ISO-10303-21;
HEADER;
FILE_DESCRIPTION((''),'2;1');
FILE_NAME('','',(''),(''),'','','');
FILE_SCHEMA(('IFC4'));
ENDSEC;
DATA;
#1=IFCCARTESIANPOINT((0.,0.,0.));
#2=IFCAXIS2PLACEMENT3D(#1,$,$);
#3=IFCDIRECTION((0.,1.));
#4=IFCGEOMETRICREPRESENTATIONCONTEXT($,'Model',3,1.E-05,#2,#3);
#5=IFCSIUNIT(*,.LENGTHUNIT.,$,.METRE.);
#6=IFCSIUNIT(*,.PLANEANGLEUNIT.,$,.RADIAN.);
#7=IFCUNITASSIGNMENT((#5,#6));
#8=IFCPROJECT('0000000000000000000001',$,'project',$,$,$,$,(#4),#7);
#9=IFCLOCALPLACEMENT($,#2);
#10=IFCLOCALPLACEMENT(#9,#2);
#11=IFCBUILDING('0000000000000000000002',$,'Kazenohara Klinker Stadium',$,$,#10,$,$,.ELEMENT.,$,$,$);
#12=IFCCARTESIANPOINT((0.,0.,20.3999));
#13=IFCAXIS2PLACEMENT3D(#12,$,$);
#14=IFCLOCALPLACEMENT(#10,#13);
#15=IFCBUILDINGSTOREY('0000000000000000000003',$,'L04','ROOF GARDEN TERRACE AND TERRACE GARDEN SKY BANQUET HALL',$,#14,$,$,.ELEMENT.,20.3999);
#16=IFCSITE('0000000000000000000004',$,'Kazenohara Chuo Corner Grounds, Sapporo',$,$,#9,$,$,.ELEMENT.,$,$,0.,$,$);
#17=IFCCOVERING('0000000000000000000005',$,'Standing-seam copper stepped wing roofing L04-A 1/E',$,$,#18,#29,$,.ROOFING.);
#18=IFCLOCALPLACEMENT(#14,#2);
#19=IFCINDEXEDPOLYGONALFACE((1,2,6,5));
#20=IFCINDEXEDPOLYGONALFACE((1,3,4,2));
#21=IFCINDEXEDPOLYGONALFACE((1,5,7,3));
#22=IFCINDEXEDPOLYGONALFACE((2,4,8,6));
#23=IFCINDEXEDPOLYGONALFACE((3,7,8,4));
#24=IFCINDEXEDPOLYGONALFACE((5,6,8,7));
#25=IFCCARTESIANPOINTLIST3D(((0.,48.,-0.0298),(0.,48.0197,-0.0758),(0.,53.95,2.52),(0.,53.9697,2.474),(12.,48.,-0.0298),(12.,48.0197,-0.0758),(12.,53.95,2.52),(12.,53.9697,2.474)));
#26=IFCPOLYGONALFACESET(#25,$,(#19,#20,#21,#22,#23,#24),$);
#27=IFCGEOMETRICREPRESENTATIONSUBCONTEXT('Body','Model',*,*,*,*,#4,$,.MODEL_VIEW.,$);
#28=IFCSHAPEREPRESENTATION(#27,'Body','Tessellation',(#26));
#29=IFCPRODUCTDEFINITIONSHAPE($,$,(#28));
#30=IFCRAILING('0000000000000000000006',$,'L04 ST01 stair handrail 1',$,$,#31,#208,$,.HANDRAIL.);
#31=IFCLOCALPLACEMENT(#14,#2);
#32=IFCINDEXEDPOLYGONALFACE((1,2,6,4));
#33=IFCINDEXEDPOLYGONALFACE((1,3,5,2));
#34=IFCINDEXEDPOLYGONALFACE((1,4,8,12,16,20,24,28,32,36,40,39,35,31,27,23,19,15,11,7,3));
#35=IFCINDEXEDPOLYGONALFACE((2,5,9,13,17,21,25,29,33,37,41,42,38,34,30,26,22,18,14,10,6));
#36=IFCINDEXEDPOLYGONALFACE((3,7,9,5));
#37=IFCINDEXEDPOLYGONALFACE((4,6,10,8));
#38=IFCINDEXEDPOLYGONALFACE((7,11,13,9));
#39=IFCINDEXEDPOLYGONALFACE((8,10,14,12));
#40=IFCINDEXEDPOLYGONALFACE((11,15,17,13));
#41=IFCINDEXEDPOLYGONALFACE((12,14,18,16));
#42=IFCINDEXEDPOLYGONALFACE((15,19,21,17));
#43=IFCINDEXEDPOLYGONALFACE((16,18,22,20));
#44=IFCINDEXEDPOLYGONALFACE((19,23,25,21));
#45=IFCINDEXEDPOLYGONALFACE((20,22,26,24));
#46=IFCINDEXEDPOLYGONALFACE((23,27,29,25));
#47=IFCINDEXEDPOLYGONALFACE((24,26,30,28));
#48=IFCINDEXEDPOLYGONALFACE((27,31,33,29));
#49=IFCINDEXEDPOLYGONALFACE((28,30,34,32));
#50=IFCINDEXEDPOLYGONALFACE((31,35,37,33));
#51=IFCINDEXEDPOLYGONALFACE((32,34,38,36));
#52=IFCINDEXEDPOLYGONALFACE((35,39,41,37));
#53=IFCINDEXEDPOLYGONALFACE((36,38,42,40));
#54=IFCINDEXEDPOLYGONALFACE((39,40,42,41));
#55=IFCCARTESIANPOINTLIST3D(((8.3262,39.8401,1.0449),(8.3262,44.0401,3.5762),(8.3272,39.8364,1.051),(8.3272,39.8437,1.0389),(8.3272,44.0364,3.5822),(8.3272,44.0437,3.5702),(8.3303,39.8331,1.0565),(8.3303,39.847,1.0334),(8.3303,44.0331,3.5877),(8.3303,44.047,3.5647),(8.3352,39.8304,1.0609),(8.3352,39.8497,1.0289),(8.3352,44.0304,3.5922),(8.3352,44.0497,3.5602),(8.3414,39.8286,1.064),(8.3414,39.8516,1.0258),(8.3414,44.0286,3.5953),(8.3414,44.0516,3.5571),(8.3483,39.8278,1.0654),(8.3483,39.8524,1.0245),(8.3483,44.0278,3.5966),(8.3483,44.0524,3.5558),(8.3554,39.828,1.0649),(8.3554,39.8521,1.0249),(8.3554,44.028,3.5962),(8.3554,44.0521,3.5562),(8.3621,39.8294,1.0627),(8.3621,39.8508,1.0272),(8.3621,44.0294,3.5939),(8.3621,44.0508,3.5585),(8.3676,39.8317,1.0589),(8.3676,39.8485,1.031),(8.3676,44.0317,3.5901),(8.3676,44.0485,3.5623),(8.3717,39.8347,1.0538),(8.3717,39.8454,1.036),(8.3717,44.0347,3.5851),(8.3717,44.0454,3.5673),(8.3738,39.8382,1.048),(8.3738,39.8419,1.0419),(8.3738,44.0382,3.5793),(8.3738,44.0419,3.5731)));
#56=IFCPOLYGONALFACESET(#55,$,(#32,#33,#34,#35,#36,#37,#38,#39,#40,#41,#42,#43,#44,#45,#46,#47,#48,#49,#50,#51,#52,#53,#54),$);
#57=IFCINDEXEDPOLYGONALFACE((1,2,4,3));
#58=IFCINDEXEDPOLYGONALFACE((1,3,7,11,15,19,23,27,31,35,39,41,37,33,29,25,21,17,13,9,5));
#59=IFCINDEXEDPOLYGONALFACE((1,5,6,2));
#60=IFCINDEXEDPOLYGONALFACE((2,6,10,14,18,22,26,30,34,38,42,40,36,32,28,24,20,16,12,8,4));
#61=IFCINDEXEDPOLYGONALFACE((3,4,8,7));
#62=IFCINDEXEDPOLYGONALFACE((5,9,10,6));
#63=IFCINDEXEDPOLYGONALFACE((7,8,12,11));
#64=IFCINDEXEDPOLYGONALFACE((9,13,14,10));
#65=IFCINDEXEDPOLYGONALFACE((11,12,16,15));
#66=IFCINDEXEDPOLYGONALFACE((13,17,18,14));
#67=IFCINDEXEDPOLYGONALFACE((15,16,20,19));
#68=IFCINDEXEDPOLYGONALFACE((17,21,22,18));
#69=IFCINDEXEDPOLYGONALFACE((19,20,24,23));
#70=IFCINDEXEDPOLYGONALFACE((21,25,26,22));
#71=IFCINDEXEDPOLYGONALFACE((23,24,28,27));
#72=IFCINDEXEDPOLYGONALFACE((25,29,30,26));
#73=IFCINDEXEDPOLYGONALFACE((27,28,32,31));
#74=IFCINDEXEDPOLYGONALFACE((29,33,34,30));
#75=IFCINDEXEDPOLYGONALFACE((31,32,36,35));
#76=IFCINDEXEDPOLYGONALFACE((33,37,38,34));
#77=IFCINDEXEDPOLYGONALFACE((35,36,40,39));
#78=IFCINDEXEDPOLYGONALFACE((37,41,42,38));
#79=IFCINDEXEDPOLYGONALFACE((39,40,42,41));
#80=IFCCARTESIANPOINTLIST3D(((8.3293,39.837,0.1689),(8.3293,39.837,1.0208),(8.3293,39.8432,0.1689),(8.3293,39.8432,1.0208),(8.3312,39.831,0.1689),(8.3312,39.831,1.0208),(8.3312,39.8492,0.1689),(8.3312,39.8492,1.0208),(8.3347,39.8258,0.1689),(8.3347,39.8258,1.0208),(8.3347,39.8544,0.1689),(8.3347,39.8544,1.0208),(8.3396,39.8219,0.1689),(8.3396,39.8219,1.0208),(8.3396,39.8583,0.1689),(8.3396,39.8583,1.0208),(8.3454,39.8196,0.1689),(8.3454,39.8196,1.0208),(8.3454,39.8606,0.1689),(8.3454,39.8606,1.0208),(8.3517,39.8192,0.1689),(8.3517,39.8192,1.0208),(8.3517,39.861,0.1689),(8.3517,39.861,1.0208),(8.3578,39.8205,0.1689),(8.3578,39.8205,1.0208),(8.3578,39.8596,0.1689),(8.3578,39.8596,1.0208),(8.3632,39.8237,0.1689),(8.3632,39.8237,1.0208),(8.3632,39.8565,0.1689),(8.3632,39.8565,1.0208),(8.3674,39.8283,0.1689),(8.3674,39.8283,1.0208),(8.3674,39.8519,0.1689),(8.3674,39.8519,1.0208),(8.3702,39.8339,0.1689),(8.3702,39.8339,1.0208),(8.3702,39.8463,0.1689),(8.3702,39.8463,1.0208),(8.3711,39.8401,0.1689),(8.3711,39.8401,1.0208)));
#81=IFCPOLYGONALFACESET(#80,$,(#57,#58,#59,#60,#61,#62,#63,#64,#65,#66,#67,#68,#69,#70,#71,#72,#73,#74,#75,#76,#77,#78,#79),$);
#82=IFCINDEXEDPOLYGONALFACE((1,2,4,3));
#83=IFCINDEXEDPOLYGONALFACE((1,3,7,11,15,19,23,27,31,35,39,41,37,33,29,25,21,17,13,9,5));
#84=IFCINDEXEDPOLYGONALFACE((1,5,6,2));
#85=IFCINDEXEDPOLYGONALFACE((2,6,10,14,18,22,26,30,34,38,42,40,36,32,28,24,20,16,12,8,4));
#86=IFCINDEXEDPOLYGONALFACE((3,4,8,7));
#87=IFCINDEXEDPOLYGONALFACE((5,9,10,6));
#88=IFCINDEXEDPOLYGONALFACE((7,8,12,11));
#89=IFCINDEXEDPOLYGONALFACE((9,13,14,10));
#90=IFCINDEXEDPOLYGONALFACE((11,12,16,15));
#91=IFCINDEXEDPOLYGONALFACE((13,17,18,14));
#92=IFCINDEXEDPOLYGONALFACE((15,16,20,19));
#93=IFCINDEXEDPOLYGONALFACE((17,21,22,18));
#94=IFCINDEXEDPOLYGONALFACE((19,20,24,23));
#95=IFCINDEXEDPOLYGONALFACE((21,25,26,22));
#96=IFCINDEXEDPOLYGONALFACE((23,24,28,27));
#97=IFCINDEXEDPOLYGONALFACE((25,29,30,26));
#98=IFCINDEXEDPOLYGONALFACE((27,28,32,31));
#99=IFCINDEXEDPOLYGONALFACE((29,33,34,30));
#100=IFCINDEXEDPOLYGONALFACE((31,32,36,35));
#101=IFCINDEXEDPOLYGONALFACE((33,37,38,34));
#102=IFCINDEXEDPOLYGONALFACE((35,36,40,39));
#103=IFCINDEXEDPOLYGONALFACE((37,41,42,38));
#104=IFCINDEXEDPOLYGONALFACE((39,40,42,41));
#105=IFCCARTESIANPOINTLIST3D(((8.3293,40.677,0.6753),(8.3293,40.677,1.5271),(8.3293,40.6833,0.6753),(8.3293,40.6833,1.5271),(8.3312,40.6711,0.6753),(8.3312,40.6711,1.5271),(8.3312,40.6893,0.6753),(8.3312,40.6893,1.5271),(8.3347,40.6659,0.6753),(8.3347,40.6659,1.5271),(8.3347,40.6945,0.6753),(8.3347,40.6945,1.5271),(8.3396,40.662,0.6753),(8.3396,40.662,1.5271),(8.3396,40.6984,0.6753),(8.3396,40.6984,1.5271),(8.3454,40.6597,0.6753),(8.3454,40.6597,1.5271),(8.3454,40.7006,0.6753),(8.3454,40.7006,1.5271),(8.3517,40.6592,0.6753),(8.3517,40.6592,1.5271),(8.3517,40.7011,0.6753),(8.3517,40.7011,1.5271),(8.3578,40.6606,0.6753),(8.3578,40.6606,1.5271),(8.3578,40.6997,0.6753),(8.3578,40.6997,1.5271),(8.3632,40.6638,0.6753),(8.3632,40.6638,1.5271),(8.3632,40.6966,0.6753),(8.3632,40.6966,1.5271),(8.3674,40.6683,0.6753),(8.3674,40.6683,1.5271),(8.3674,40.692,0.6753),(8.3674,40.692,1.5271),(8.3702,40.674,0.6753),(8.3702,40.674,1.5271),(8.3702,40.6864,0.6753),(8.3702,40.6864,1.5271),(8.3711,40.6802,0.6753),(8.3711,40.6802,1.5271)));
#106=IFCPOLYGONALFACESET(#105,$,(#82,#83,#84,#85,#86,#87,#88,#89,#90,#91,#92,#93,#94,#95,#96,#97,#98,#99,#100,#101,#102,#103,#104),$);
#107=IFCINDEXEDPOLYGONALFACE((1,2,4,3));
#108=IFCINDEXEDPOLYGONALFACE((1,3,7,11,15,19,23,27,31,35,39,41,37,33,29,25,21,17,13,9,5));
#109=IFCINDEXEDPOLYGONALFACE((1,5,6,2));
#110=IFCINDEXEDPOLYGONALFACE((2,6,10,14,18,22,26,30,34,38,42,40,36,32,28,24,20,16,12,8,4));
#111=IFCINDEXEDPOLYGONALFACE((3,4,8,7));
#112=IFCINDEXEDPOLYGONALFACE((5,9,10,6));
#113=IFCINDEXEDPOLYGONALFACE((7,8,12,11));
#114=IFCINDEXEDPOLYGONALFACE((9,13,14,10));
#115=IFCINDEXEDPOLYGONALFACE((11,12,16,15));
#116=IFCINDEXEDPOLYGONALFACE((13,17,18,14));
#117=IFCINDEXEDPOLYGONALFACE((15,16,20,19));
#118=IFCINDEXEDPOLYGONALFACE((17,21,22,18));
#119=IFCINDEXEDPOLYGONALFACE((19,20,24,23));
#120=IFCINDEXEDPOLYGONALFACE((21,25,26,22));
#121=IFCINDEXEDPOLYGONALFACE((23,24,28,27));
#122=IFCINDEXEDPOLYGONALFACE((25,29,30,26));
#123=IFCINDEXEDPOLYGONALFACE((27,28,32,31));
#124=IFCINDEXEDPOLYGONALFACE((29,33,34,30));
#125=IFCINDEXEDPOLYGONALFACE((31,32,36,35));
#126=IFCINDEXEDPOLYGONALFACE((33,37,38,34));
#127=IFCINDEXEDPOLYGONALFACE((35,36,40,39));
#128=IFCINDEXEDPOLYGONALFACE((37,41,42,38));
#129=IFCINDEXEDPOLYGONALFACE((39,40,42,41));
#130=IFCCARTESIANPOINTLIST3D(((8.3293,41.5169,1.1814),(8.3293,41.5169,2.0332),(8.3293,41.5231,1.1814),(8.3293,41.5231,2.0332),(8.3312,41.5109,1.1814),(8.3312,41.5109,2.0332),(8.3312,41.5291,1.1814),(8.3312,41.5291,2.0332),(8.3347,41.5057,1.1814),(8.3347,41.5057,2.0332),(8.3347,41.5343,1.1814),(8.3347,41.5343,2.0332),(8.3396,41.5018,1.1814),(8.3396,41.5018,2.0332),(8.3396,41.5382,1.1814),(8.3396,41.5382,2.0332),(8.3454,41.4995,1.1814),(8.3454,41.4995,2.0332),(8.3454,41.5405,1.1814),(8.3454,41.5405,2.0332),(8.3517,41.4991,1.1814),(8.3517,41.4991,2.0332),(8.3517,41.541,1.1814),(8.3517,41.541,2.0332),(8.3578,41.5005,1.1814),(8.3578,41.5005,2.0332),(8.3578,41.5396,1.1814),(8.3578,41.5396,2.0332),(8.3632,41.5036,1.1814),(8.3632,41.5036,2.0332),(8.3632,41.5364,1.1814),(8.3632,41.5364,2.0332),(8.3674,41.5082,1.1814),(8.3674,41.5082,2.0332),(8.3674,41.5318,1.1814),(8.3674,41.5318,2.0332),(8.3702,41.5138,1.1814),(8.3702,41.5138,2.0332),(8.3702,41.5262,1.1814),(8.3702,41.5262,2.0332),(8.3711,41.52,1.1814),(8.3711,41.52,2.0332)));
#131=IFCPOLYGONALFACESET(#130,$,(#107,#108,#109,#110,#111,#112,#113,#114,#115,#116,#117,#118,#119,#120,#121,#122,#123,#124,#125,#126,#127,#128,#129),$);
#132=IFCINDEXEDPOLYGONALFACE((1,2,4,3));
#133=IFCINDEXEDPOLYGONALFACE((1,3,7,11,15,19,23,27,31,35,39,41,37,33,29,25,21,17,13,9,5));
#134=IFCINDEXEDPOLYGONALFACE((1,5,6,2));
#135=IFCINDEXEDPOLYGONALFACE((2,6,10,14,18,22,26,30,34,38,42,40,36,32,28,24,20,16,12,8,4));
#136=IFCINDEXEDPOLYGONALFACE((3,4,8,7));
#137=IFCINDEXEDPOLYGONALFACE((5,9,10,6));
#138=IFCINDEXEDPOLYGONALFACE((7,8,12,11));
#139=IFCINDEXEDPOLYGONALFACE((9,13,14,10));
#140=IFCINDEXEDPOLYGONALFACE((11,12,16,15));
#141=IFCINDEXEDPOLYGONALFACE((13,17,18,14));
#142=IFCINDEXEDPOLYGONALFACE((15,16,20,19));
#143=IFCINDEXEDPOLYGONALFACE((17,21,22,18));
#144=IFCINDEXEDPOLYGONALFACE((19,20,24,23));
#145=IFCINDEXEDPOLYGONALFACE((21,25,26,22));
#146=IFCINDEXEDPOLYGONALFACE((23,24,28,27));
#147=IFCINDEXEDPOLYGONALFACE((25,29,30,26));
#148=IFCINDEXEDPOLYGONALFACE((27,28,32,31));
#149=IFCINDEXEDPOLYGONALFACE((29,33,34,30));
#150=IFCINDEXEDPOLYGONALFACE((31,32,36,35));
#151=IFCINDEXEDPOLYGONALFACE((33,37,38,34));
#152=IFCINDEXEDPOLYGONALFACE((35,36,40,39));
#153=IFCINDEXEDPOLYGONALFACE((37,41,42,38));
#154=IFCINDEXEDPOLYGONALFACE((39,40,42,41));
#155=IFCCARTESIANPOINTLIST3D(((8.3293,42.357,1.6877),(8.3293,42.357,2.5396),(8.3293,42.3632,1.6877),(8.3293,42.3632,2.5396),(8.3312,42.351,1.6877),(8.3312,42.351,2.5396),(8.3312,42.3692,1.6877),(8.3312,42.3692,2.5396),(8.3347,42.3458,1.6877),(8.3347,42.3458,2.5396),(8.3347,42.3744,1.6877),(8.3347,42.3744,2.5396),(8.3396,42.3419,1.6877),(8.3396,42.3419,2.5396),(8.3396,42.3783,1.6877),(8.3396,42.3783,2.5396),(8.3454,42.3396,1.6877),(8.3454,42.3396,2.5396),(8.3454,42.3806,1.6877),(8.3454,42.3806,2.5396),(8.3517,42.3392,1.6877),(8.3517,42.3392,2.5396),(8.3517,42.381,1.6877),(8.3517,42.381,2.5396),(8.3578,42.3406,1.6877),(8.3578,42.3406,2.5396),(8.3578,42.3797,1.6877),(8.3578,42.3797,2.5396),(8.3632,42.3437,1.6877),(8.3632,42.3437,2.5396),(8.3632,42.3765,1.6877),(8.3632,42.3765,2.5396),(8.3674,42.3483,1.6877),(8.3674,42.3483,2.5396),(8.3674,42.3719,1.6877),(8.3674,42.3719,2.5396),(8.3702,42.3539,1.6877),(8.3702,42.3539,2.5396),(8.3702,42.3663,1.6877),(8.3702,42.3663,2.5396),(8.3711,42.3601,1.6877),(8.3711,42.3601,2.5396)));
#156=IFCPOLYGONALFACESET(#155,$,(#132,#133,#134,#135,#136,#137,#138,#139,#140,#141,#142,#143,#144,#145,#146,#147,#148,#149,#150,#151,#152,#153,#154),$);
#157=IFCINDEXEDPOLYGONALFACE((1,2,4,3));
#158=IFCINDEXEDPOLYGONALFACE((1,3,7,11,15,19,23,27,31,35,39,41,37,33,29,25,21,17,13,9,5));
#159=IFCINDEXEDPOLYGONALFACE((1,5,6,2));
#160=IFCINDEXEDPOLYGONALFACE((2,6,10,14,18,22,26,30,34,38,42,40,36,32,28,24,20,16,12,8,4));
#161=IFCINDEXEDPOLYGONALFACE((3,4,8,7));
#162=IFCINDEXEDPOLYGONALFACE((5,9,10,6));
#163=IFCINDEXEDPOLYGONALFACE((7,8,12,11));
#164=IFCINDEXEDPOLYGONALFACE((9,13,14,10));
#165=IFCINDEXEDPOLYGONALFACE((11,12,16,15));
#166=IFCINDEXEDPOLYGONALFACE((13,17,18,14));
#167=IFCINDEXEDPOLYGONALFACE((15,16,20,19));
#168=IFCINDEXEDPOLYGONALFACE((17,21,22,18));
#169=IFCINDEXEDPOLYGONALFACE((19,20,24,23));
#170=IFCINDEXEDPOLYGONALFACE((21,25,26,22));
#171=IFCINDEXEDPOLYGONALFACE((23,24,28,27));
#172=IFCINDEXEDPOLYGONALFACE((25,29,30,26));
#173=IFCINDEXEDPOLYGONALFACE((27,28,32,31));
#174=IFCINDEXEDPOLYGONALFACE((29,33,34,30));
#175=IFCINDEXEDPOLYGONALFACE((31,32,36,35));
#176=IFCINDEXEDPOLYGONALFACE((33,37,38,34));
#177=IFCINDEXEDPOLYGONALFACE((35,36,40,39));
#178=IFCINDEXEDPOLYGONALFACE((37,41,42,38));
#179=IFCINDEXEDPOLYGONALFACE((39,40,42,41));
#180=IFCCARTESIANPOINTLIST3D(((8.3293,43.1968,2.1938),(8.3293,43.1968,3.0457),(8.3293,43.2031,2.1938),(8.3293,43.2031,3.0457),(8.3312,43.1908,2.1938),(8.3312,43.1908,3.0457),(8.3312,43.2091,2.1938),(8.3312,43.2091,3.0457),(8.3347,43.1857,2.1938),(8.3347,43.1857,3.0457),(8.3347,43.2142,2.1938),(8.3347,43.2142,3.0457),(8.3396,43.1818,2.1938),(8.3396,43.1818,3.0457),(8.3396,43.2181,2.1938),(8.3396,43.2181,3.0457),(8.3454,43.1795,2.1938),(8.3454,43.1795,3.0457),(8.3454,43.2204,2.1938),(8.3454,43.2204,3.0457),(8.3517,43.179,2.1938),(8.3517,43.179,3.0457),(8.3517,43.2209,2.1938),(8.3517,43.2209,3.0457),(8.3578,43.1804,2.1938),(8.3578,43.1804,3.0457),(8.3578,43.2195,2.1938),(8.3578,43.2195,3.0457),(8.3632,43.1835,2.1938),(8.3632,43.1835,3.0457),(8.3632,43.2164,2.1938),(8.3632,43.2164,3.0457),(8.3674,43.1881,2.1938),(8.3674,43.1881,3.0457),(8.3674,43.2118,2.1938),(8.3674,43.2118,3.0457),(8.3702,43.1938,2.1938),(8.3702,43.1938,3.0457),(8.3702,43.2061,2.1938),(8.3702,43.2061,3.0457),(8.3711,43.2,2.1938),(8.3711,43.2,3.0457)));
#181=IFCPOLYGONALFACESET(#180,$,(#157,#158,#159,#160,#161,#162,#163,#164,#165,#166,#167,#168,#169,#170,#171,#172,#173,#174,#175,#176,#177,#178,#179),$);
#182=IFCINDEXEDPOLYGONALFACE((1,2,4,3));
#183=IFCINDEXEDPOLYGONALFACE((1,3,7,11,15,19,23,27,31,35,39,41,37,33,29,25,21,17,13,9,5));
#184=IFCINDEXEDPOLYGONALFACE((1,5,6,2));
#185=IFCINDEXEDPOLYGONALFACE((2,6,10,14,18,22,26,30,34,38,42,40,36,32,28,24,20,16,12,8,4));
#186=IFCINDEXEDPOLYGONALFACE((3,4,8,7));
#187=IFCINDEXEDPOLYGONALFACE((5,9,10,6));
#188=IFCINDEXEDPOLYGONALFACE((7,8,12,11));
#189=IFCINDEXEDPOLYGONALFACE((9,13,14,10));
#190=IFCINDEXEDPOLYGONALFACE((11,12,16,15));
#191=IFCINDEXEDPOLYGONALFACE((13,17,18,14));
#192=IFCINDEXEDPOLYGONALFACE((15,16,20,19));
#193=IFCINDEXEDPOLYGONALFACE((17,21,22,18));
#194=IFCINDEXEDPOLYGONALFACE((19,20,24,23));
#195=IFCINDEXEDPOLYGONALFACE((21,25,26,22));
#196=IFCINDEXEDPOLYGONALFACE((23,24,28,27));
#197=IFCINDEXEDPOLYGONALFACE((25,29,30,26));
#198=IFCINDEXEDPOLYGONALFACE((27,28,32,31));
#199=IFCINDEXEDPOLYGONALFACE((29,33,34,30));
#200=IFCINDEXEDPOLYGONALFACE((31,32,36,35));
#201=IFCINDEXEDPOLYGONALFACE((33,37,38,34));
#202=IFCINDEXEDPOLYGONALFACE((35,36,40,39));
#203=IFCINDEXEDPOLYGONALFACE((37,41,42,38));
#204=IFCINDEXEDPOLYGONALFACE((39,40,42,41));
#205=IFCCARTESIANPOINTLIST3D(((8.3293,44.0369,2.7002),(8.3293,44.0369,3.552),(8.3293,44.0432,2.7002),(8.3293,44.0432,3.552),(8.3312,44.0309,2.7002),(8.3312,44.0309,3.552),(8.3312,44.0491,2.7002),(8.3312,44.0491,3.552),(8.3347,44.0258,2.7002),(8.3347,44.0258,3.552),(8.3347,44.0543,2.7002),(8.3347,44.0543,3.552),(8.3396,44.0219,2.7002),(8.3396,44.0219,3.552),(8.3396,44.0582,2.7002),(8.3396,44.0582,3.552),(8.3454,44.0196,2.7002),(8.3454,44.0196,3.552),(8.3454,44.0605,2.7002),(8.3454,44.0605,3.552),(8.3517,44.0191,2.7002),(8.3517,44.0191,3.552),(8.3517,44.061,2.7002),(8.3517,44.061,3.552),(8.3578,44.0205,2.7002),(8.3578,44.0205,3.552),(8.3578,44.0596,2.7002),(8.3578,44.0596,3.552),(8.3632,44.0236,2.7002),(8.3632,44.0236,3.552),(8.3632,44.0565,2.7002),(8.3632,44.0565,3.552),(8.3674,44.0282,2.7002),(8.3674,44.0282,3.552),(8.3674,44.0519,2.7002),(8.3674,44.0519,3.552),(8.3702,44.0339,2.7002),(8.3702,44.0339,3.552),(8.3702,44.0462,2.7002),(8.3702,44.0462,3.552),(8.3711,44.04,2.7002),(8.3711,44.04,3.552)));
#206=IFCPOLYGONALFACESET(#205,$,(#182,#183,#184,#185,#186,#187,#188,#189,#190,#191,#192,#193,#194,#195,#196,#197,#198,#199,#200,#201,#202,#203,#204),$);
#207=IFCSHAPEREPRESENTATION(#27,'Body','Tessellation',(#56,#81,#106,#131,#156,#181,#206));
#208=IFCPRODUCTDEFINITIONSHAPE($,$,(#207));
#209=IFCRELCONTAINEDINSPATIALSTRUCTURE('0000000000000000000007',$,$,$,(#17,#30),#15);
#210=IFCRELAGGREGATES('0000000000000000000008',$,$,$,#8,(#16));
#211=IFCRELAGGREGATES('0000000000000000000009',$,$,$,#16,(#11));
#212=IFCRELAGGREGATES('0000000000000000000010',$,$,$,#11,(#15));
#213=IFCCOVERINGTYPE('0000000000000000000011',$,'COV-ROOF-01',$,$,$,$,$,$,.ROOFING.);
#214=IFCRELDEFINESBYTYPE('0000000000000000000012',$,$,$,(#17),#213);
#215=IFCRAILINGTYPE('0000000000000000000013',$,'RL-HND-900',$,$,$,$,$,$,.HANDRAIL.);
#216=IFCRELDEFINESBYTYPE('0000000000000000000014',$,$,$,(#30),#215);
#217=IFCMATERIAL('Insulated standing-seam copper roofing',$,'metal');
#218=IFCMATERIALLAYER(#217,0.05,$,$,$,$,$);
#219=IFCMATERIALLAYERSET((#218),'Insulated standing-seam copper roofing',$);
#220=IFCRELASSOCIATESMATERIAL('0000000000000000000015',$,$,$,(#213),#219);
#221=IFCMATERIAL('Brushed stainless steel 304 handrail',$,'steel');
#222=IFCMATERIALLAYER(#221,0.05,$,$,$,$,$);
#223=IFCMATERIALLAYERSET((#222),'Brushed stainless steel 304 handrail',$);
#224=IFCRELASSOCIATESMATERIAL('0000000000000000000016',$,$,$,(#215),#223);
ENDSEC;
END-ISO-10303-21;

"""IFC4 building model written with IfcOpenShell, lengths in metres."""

from ifc_helpers import new_model, si_unit, direction, frame, origin, origin_2d, place, context, subcontext, project, spatial, polyline, circle, outline, extrude, material, layer, layer_set, type_object, element, save


model = new_model("IFC4")

# Units and contexts
model_context = context("Model", 3, precision=1e-05, world=origin(), true_north=direction((0.0, 1.0)))
body_context = subcontext(model_context, "Body", "Model", "MODEL_VIEW")
ifc_project = project(units=[si_unit("LENGTHUNIT", "METRE"), si_unit("PLANEANGLEUNIT", "RADIAN")], contexts=[model_context])

# Site, building, storey
site_placement = place(None, origin())
site = spatial("IfcSite", under=ifc_project, at=site_placement, Name="Kazenohara Chuo Corner Grounds, Sapporo", CompositionType="ELEMENT", RefElevation=0.0)
building_placement = place(site_placement, origin())
building = spatial("IfcBuilding", under=site, at=building_placement, Name="Kazenohara Klinker Stadium", CompositionType="ELEMENT")
storey_placement = place(building_placement, frame((0.0, 0.0, 20.3999)))
storey = spatial("IfcBuildingStorey", under=building, at=storey_placement, Name="L04", Description="ROOF GARDEN TERRACE AND TERRACE GARDEN SKY BANQUET HALL", CompositionType="ELEMENT", Elevation=20.3999)

# Covering
ifc_material_1 = material(Name="Insulated standing-seam copper roofing", Category="metal")
ifc_layer_1 = layer(ifc_material_1, 0.05)
ifc_layer_set_1 = layer_set([ifc_layer_1], Name="Insulated standing-seam copper roofing")
covering_type = type_object("IfcCoveringType", Name="COV-ROOF-01", PredefinedType="ROOFING", material=ifc_layer_set_1)
covering_placement = place(storey_placement, frame((0.0, 48.0, -0.0298), z_axis=(0.0, -0.393897, 0.919155), x_axis=(1.0, 0.0, 0.0)))
element("IfcCovering", 1, at=covering_placement, inside=storey, type_object=covering_type, Name="Standing-seam copper stepped wing roofing L04-A 1/E", PredefinedType="ROOFING", context=body_context, shape_type="SweptSolid", body=[
    extrude(outline(polyline([(0.0, 0.0), (12.0, 0.0), (12.0, 6.4733), (0.0, 6.4733), (0.0, 0.0)])), origin(), (0.0, 0.0, -1.0), 0.05),
])

# Railing
ifc_material_2 = material(Name="Brushed stainless steel 304 handrail", Category="steel")
ifc_layer_2 = layer(ifc_material_2, 0.05)
ifc_layer_set_2 = layer_set([ifc_layer_2], Name="Brushed stainless steel 304 handrail")
railing_type_1 = type_object("IfcRailingType", Name="RL-HND-900", PredefinedType="HANDRAIL", material=ifc_layer_set_2)
railing_1_placement = place(storey_placement, frame((8.3501, 39.8401, 0.1689)))
element("IfcRailing", 2, at=railing_1_placement, inside=storey, type_object=railing_type_1, Name="L04 ST01 stair handrail 1", PredefinedType="HANDRAIL", context=body_context, shape_type="SweptSolid", body=[
    extrude(circle(Radius=0.0239, at=origin_2d()), frame((0.0, 0.0, 0.876), z_axis=(0.0, 0.856476, 0.516186), x_axis=(-1.0, 0.0, 0.0)), (0.0, 0.0, 1.0), 4.9038),
    extrude(circle(Radius=0.021, at=origin_2d()), origin(), (0.0, 0.0, 1.0), 0.8518),
    extrude(circle(Radius=0.021, at=origin_2d()), frame((0.0, 0.8401, 0.5063)), (0.0, 0.0, 1.0), 0.8518),
    extrude(circle(Radius=0.021, at=origin_2d()), frame((0.0, 1.6799, 1.0125)), (0.0, 0.0, 1.0), 0.8518),
    extrude(circle(Radius=0.021, at=origin_2d()), frame((0.0, 2.52, 1.5188)), (0.0, 0.0, 1.0), 0.8518),
    extrude(circle(Radius=0.021, at=origin_2d()), frame((0.0, 3.3599, 2.0249)), (0.0, 0.0, 1.0), 0.8518),
    extrude(circle(Radius=0.021, at=origin_2d()), frame((0.0, 4.2, 2.5312)), (0.0, 0.0, 1.0), 0.8518),
])

save(model, "model.ifc")
